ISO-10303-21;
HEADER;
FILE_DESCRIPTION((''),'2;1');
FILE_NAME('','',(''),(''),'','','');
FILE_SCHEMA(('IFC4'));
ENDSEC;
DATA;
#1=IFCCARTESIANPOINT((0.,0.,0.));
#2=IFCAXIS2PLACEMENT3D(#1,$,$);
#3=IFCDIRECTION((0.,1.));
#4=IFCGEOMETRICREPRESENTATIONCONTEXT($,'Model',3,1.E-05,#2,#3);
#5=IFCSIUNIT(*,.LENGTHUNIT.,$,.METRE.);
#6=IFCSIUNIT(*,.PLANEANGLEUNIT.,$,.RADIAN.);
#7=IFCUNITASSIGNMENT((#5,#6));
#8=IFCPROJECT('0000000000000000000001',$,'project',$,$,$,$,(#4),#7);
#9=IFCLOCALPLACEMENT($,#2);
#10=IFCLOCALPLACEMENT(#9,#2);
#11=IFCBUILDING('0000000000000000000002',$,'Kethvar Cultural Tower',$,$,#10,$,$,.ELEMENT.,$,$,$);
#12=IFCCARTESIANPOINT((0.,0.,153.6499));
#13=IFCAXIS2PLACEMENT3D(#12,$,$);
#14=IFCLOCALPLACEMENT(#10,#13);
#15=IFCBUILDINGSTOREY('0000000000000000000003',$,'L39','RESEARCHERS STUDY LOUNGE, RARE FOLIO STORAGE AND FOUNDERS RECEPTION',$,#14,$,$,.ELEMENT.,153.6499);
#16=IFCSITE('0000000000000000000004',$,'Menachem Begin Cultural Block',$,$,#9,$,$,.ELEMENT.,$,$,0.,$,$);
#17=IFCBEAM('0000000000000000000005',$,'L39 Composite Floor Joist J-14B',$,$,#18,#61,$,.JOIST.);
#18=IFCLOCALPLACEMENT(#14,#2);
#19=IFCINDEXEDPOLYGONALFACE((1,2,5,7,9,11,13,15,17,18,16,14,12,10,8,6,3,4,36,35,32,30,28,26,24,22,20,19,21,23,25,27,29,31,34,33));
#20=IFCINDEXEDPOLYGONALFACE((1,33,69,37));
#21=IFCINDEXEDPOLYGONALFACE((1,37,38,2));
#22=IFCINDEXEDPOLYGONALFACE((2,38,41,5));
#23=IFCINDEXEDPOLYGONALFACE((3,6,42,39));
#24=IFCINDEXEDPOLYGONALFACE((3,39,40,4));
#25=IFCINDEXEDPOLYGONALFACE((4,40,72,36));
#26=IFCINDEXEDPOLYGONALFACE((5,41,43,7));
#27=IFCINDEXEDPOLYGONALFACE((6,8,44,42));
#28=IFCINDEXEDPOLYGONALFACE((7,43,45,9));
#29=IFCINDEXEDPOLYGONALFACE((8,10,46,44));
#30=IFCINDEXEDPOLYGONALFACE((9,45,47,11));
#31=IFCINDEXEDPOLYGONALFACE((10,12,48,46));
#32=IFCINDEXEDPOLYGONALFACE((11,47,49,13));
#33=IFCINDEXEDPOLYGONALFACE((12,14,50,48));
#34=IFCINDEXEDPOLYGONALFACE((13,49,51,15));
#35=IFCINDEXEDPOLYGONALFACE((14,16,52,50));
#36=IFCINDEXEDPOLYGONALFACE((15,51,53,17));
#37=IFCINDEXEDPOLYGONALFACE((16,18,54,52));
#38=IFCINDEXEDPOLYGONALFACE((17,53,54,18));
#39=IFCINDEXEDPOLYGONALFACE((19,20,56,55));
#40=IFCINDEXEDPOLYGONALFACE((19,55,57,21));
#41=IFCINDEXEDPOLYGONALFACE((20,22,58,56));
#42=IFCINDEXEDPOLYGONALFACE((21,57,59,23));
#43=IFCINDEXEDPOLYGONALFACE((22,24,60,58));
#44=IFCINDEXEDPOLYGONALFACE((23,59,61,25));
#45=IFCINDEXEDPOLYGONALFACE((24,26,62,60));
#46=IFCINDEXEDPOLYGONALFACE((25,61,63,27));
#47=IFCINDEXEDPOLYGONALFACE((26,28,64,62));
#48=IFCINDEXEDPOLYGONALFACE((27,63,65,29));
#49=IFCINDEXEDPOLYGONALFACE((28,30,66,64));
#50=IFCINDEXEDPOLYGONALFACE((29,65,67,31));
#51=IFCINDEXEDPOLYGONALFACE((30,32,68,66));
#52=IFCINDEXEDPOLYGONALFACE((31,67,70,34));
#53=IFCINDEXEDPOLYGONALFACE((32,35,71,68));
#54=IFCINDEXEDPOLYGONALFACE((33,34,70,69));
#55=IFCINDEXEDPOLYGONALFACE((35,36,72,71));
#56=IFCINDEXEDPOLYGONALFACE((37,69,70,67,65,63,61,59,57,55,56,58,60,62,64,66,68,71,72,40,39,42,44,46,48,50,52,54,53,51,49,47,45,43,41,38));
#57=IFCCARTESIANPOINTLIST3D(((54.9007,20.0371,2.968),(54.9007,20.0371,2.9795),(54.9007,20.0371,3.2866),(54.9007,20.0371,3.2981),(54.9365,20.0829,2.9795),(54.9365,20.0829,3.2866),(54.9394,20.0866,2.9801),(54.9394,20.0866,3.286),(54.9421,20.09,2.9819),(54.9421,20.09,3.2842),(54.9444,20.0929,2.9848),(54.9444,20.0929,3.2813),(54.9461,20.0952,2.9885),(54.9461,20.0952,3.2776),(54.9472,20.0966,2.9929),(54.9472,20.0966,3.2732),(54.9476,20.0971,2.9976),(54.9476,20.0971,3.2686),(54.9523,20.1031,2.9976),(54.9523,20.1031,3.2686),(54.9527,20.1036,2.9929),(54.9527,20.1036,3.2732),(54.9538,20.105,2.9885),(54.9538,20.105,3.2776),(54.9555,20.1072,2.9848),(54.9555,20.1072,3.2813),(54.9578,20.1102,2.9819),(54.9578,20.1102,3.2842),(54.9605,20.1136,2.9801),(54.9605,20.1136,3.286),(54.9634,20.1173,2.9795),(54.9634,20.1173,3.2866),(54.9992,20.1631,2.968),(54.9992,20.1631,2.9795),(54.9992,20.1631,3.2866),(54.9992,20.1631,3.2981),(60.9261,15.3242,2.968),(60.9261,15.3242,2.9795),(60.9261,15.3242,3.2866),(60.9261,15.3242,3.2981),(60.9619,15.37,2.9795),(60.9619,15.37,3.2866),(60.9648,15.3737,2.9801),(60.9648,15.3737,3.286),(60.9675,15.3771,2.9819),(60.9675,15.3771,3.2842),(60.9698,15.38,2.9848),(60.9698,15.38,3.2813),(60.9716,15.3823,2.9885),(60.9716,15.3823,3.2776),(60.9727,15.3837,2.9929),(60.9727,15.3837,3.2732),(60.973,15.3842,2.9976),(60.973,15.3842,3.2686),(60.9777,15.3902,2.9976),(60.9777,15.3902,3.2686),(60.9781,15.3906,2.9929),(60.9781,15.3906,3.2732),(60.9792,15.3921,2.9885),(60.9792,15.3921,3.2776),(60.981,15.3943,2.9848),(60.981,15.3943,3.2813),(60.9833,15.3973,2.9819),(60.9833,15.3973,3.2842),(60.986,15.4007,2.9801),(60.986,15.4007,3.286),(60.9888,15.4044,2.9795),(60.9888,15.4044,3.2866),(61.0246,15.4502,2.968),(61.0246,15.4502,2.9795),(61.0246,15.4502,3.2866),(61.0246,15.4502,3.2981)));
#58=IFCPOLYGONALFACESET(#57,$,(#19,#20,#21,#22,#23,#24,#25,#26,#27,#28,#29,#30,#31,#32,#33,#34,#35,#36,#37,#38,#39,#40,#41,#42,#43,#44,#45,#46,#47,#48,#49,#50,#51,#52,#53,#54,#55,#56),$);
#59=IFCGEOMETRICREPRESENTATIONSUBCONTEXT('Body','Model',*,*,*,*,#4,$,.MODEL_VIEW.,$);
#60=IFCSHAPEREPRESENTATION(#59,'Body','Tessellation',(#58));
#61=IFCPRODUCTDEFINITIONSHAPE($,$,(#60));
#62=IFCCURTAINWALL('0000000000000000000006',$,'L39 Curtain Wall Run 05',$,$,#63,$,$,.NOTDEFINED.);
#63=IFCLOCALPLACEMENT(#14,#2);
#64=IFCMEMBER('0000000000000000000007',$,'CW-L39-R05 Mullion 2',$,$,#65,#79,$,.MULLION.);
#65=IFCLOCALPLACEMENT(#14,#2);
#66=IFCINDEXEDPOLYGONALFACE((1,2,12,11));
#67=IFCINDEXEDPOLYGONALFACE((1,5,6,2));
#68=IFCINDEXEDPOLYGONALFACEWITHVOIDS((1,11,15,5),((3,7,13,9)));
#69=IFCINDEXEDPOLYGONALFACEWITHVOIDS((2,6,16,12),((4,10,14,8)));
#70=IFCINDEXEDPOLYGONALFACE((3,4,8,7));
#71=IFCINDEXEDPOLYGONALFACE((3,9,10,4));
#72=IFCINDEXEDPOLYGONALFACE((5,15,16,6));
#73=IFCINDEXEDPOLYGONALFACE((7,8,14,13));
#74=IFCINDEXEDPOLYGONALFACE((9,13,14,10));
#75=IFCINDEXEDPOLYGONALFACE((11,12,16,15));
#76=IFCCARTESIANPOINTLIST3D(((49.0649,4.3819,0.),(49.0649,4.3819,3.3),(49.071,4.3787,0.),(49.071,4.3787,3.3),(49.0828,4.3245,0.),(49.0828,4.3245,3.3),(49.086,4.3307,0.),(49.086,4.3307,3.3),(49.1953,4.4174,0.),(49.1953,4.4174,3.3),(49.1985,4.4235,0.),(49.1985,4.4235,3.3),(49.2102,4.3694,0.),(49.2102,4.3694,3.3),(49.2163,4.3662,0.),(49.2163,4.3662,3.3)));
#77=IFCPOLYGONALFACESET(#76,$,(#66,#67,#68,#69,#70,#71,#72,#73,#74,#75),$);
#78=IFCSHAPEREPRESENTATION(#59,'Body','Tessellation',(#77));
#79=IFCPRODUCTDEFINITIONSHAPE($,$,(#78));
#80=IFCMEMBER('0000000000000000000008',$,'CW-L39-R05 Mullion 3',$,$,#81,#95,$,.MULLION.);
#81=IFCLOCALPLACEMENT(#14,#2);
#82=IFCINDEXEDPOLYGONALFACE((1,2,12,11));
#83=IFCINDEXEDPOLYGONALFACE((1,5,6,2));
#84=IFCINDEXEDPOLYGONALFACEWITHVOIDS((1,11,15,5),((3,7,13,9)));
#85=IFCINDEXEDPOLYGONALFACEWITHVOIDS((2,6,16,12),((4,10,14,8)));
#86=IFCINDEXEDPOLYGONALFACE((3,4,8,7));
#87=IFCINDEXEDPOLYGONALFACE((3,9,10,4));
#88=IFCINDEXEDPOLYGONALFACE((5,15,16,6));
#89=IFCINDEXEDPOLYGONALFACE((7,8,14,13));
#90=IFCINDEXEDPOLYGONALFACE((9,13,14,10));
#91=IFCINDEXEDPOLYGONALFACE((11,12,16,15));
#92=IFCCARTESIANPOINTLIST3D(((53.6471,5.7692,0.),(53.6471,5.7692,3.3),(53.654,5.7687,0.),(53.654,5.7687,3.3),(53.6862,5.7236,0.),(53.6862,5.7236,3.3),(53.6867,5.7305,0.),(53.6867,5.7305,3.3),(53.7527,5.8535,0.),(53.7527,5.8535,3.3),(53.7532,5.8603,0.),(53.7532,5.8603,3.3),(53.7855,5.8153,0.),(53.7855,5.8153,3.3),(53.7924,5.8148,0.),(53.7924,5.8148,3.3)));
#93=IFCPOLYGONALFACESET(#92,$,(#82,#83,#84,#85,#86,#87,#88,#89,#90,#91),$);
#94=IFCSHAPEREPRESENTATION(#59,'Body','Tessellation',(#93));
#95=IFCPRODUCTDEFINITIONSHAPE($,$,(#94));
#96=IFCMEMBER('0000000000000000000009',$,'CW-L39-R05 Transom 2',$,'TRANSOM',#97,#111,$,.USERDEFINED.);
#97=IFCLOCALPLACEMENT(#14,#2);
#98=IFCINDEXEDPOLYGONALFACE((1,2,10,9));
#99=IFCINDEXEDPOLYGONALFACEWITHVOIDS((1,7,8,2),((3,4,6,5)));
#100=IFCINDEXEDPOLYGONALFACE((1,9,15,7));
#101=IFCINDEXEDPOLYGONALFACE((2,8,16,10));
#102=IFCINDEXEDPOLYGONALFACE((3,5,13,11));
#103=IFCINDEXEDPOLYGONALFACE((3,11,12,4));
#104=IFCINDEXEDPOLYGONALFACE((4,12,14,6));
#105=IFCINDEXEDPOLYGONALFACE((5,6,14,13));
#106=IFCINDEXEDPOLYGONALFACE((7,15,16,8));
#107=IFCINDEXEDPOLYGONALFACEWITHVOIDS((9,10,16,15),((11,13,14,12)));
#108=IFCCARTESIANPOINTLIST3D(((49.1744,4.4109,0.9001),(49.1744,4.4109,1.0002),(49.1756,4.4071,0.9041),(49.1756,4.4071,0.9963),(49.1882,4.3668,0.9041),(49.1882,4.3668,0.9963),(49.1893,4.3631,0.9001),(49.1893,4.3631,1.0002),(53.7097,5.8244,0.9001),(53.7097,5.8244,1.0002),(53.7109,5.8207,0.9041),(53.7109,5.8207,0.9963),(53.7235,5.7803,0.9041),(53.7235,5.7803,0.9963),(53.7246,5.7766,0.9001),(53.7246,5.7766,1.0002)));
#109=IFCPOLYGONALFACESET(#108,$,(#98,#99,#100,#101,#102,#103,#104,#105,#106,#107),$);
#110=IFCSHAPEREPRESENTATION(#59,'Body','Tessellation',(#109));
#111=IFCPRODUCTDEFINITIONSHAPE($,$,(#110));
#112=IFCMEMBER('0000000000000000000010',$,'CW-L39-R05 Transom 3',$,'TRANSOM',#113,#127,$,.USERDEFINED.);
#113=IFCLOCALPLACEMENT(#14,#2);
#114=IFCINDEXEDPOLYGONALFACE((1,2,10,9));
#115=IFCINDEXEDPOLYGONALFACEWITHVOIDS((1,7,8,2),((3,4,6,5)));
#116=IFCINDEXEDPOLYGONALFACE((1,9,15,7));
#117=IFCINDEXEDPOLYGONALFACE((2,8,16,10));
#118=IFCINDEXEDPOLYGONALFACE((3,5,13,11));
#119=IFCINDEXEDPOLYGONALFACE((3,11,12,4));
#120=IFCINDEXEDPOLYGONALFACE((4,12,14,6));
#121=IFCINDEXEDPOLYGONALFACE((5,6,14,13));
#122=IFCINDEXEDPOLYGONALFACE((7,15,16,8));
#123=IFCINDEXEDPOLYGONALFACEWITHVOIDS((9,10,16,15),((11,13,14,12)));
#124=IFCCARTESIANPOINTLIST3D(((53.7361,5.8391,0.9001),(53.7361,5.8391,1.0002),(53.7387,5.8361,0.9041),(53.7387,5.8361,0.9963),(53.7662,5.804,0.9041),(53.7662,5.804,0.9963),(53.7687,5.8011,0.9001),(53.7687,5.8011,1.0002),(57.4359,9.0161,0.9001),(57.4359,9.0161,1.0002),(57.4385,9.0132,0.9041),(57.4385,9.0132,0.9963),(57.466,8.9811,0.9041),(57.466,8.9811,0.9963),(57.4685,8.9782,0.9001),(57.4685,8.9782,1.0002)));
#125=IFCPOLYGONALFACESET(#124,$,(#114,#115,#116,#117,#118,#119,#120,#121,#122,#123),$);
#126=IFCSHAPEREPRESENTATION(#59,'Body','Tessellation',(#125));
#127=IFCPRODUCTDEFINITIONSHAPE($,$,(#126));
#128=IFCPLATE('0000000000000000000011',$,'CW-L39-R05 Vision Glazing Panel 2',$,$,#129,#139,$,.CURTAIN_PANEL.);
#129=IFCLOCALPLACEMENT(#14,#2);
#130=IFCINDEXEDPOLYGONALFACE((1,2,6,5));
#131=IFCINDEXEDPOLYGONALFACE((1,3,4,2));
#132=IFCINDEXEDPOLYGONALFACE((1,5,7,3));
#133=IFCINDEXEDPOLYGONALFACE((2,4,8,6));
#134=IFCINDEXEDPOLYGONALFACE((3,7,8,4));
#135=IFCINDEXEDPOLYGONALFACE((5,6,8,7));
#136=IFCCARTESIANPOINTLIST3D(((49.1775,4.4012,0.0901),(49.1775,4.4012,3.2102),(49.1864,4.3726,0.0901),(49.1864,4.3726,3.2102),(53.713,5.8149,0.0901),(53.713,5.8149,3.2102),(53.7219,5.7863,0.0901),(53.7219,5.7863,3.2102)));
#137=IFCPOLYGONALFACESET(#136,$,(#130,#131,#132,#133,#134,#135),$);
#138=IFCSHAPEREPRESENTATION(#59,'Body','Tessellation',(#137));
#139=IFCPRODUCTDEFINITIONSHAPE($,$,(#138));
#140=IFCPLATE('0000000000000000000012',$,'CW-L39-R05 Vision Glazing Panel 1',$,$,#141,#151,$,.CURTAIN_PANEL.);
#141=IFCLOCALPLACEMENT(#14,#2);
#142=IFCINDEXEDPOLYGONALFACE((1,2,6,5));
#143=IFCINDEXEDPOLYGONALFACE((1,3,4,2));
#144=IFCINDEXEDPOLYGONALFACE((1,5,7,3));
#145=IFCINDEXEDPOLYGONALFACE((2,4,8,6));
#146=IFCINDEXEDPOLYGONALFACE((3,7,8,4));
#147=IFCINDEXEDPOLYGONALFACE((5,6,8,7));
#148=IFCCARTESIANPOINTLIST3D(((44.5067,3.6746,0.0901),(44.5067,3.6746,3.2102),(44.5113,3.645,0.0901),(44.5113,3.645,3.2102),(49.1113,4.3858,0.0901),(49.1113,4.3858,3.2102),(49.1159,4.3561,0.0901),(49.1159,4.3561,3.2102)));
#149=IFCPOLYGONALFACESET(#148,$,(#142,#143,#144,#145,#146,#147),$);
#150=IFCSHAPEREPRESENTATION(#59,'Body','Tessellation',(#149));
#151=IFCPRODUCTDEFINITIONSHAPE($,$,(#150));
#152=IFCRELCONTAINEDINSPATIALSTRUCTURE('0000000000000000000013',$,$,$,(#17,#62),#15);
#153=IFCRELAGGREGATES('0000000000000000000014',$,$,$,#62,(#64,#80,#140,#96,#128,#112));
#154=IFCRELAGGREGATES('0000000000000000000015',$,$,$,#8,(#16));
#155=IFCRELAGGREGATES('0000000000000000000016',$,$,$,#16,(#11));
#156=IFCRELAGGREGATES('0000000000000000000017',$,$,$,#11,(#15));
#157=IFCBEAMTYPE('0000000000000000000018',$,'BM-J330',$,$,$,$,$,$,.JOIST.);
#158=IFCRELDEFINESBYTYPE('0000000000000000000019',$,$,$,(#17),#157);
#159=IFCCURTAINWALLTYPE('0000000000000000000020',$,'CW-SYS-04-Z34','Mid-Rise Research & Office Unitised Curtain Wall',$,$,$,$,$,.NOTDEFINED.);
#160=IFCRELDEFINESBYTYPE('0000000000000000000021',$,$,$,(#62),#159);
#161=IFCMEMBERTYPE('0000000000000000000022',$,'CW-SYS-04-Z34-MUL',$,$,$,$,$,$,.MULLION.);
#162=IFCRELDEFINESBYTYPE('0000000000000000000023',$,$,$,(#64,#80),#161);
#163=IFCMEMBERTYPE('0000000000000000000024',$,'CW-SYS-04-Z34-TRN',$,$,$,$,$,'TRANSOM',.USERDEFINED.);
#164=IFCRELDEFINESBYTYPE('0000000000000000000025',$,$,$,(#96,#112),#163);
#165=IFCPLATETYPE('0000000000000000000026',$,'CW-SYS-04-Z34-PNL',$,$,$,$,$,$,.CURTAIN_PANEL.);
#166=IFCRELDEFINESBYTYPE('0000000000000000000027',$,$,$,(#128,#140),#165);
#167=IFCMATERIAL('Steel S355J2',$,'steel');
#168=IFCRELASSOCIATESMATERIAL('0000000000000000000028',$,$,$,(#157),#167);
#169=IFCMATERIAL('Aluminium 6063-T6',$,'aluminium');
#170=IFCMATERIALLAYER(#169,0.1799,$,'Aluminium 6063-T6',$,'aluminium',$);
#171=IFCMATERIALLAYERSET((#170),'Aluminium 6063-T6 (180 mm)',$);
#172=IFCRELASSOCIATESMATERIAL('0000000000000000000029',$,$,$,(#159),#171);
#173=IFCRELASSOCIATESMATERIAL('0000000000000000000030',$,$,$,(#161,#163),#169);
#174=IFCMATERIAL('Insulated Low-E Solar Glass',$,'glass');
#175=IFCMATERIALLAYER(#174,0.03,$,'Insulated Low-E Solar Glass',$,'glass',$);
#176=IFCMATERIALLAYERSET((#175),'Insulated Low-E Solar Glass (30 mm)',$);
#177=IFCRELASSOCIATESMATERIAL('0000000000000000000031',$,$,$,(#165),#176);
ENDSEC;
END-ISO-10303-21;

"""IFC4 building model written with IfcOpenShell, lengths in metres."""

from ifc_helpers import new_model, si_unit, direction, frame, origin, origin_2d, place, context, subcontext, project, spatial, rectangle, hollow_rectangle, i_section, extrude, source, transform, mapped, material, layer, layer_set, material_profile, profile_set, type_object, element, aggregate, save


model = new_model("IFC4")

# Units and contexts
model_context = context("Model", 3, precision=1e-05, world=origin(), true_north=direction((0.0, 1.0)))
body_context = subcontext(model_context, "Body", "Model", "MODEL_VIEW")
ifc_project = project(units=[si_unit("LENGTHUNIT", "METRE"), si_unit("PLANEANGLEUNIT", "RADIAN")], contexts=[model_context])

# Site, building, storey
site_placement = place(None, origin())
site = spatial("IfcSite", under=ifc_project, at=site_placement, Name="Menachem Begin Cultural Block", CompositionType="ELEMENT", RefElevation=0.0)
building_placement = place(site_placement, origin())
building = spatial("IfcBuilding", under=site, at=building_placement, Name="Kethvar Cultural Tower", CompositionType="ELEMENT")
storey_placement = place(building_placement, frame((0.0, 0.0, 153.6499)))
storey = spatial("IfcBuildingStorey", under=building, at=storey_placement, Name="L39", Description="RESEARCHERS STUDY LOUNGE, RARE FOLIO STORAGE AND FOUNDERS RECEPTION", CompositionType="ELEMENT", Elevation=153.6499)

# Beam
ifc_material_1 = material(Name="Steel S355J2", Category="steel")
ifc_material_profile_1 = material_profile(ifc_material_1, i_section(OverallWidth=0.1599, OverallDepth=0.3301, WebThickness=0.0076, FlangeThickness=0.0115, FilletRadius=0.0181, at=origin_2d()), Name="Steel S355J2 — IPE330")
ifc_profile_set_1 = profile_set([ifc_material_profile_1], Name="Steel S355J2 — IPE330")
beam_type_1 = type_object("IfcBeamType", Name="BM-J330", PredefinedType="JOIST", material=ifc_profile_set_1)
shared_shape_1 = source(origin(), body_context, "Body", "SweptSolid", [
    extrude(i_section(OverallWidth=0.1599, OverallDepth=0.3301, WebThickness=0.0076, FlangeThickness=0.0115, FilletRadius=0.0181, at=origin_2d()), origin(), (0.0, 0.0, 1.0), 7.6497),
])
beam_1_placement = place(storey_placement, frame((54.95, 20.1001, 3.1331), z_axis=(0.787672, -0.616095, 0.0), x_axis=(0.616095, 0.787672, 0.0)))
element("IfcBeam", 1, at=beam_1_placement, inside=storey, type_object=beam_type_1, Name="L39 Composite Floor Joist J-14B", PredefinedType="JOIST", context=body_context, shape_type="MappedRepresentation", body=[
    mapped(shared_shape_1, transform((0.0, 0.0, 0.0), scale=1.0)),
])

# Curtain wall, members, plates
ifc_material_2 = material(Name="Aluminium 6063-T6", Category="aluminium")
ifc_layer_1 = layer(ifc_material_2, 0.1799, Name="Aluminium 6063-T6", Category="aluminium")
ifc_layer_set_1 = layer_set([ifc_layer_1], Name="Aluminium 6063-T6 (180 mm)")
curtain_wall_type = type_object("IfcCurtainWallType", Name="CW-SYS-04-Z34", Description="Mid-Rise Research & Office Unitised Curtain Wall", PredefinedType="NOTDEFINED", material=ifc_layer_set_1)
curtain_wall_placement = place(storey_placement, origin())
curtain_wall = element("IfcCurtainWall", 2, at=curtain_wall_placement, inside=storey, type_object=curtain_wall_type, Name="L39 Curtain Wall Run 05", PredefinedType="NOTDEFINED")
ifc_material_profile_2 = material_profile(ifc_material_2, hollow_rectangle(XDim=0.0601, YDim=0.1399, WallThickness=0.0049, at=origin_2d()), Name="Aluminium 6063-T6 — RHS140x60x5")
ifc_profile_set_2 = profile_set([ifc_material_profile_2], Name="Aluminium 6063-T6 — RHS140x60x5")
member_type_1 = type_object("IfcMemberType", Name="CW-SYS-04-Z34-MUL", PredefinedType="MULLION", material=ifc_profile_set_2)
shared_shape_2 = source(origin(), body_context, "Body", "SweptSolid", [
    extrude(hollow_rectangle(XDim=0.0601, YDim=0.1399, WallThickness=0.0049, at=origin_2d()), origin(), (0.0, 0.0, 1.0), 3.3),
])
member_1_placement = place(storey_placement, frame((49.1406, 4.374, 0.0), z_axis=(0.0, 0.0, 1.0), x_axis=(-0.297575, 0.954698, 0.0)))
member_1 = element("IfcMember", 3, at=member_1_placement, type_object=member_type_1, Name="CW-L39-R05 Mullion 2", PredefinedType="MULLION", context=body_context, shape_type="MappedRepresentation", body=[
    mapped(shared_shape_2, transform((0.0, 0.0, 0.0), scale=1.0)),
])
member_2_placement = place(storey_placement, frame((53.7197, 5.792, 0.0), z_axis=(0.0, 0.0, 1.0), x_axis=(-0.65149, 0.758658, 0.0)))
member_2 = element("IfcMember", 4, at=member_2_placement, type_object=member_type_1, Name="CW-L39-R05 Mullion 3", PredefinedType="MULLION", context=body_context, shape_type="MappedRepresentation", body=[
    mapped(shared_shape_2, transform((0.0, 0.0, 0.0), scale=1.0)),
])
ifc_material_profile_3 = material_profile(ifc_material_2, hollow_rectangle(XDim=0.05, YDim=0.1001, WallThickness=0.0039, at=origin_2d()), Name="Aluminium 6063-T6 — RHS100x50x4")
ifc_profile_set_3 = profile_set([ifc_material_profile_3], Name="Aluminium 6063-T6 — RHS100x50x4")
member_type_2 = type_object("IfcMemberType", Name="CW-SYS-04-Z34-TRN", ElementType="TRANSOM", PredefinedType="USERDEFINED", material=ifc_profile_set_3)
shared_shape_3 = source(origin(), body_context, "Body", "SweptSolid", [
    extrude(hollow_rectangle(XDim=0.05, YDim=0.1001, WallThickness=0.0039, at=origin_2d()), origin(), (0.0, 0.0, 1.0), 4.7505),
])
member_3_placement = place(storey_placement, frame((49.1819, 4.387, 0.9502), z_axis=(0.954704, 0.297558, 0.0), x_axis=(-0.297558, 0.954704, 0.0)))
member_3 = element("IfcMember", 5, at=member_3_placement, type_object=member_type_2, Name="CW-L39-R05 Transom 2", ObjectType="TRANSOM", PredefinedType="USERDEFINED", context=body_context, shape_type="MappedRepresentation", body=[
    mapped(shared_shape_3, transform((0.0, 0.0, 0.0), scale=1.0)),
])
shared_shape_4 = source(origin(), body_context, "Body", "SweptSolid", [
    extrude(hollow_rectangle(XDim=0.05, YDim=0.1001, WallThickness=0.0039, at=origin_2d()), origin(), (0.0, 0.0, 1.0), 4.8767),
])
member_4_placement = place(storey_placement, frame((53.7524, 5.8201, 0.9502), z_axis=(0.758666, 0.65148, 0.0), x_axis=(-0.65148, 0.758666, 0.0)))
member_4 = element("IfcMember", 6, at=member_4_placement, type_object=member_type_2, Name="CW-L39-R05 Transom 3", ObjectType="TRANSOM", PredefinedType="USERDEFINED", context=body_context, shape_type="MappedRepresentation", body=[
    mapped(shared_shape_4, transform((0.0, 0.0, 0.0), scale=1.0)),
])
ifc_material_3 = material(Name="Insulated Low-E Solar Glass", Category="glass")
ifc_layer_2 = layer(ifc_material_3, 0.03, Name="Insulated Low-E Solar Glass", Category="glass")
ifc_layer_set_2 = layer_set([ifc_layer_2], Name="Insulated Low-E Solar Glass (30 mm)")
plate_type = type_object("IfcPlateType", Name="CW-SYS-04-Z34-PNL", PredefinedType="CURTAIN_PANEL", material=ifc_layer_set_2)
shared_shape_5 = source(origin(), body_context, "Body", "SweptSolid", [
    extrude(rectangle(XDim=4.7507, YDim=0.03, at=origin_2d()), origin(), (0.0, 0.0, 1.0), 3.1201),
])
plate_1_placement = place(storey_placement, frame((51.4497, 5.0938, 0.0901), z_axis=(0.0, 0.0, 1.0), x_axis=(0.954698, 0.297575, 0.0)))
plate_1 = element("IfcPlate", 7, at=plate_1_placement, type_object=plate_type, Name="CW-L39-R05 Vision Glazing Panel 2", PredefinedType="CURTAIN_PANEL", context=body_context, shape_type="MappedRepresentation", body=[
    mapped(shared_shape_5, transform((0.0, 0.0, 0.0), scale=1.0)),
])
shared_shape_6 = source(origin(), body_context, "Body", "SweptSolid", [
    extrude(rectangle(XDim=4.6592, YDim=0.03, at=origin_2d()), origin(), (0.0, 0.0, 1.0), 3.1201),
])
plate_2_placement = place(storey_placement, frame((46.8113, 4.0154, 0.0901), z_axis=(0.0, 0.0, 1.0), x_axis=(0.988282, 0.152641, 0.0)))
plate_2 = element("IfcPlate", 8, at=plate_2_placement, type_object=plate_type, Name="CW-L39-R05 Vision Glazing Panel 1", PredefinedType="CURTAIN_PANEL", context=body_context, shape_type="MappedRepresentation", body=[
    mapped(shared_shape_6, transform((0.0, 0.0, 0.0), scale=1.0)),
])
aggregate(curtain_wall, [member_1, member_2, plate_2, member_3, plate_1, member_4])

save(model, "model.ifc")
